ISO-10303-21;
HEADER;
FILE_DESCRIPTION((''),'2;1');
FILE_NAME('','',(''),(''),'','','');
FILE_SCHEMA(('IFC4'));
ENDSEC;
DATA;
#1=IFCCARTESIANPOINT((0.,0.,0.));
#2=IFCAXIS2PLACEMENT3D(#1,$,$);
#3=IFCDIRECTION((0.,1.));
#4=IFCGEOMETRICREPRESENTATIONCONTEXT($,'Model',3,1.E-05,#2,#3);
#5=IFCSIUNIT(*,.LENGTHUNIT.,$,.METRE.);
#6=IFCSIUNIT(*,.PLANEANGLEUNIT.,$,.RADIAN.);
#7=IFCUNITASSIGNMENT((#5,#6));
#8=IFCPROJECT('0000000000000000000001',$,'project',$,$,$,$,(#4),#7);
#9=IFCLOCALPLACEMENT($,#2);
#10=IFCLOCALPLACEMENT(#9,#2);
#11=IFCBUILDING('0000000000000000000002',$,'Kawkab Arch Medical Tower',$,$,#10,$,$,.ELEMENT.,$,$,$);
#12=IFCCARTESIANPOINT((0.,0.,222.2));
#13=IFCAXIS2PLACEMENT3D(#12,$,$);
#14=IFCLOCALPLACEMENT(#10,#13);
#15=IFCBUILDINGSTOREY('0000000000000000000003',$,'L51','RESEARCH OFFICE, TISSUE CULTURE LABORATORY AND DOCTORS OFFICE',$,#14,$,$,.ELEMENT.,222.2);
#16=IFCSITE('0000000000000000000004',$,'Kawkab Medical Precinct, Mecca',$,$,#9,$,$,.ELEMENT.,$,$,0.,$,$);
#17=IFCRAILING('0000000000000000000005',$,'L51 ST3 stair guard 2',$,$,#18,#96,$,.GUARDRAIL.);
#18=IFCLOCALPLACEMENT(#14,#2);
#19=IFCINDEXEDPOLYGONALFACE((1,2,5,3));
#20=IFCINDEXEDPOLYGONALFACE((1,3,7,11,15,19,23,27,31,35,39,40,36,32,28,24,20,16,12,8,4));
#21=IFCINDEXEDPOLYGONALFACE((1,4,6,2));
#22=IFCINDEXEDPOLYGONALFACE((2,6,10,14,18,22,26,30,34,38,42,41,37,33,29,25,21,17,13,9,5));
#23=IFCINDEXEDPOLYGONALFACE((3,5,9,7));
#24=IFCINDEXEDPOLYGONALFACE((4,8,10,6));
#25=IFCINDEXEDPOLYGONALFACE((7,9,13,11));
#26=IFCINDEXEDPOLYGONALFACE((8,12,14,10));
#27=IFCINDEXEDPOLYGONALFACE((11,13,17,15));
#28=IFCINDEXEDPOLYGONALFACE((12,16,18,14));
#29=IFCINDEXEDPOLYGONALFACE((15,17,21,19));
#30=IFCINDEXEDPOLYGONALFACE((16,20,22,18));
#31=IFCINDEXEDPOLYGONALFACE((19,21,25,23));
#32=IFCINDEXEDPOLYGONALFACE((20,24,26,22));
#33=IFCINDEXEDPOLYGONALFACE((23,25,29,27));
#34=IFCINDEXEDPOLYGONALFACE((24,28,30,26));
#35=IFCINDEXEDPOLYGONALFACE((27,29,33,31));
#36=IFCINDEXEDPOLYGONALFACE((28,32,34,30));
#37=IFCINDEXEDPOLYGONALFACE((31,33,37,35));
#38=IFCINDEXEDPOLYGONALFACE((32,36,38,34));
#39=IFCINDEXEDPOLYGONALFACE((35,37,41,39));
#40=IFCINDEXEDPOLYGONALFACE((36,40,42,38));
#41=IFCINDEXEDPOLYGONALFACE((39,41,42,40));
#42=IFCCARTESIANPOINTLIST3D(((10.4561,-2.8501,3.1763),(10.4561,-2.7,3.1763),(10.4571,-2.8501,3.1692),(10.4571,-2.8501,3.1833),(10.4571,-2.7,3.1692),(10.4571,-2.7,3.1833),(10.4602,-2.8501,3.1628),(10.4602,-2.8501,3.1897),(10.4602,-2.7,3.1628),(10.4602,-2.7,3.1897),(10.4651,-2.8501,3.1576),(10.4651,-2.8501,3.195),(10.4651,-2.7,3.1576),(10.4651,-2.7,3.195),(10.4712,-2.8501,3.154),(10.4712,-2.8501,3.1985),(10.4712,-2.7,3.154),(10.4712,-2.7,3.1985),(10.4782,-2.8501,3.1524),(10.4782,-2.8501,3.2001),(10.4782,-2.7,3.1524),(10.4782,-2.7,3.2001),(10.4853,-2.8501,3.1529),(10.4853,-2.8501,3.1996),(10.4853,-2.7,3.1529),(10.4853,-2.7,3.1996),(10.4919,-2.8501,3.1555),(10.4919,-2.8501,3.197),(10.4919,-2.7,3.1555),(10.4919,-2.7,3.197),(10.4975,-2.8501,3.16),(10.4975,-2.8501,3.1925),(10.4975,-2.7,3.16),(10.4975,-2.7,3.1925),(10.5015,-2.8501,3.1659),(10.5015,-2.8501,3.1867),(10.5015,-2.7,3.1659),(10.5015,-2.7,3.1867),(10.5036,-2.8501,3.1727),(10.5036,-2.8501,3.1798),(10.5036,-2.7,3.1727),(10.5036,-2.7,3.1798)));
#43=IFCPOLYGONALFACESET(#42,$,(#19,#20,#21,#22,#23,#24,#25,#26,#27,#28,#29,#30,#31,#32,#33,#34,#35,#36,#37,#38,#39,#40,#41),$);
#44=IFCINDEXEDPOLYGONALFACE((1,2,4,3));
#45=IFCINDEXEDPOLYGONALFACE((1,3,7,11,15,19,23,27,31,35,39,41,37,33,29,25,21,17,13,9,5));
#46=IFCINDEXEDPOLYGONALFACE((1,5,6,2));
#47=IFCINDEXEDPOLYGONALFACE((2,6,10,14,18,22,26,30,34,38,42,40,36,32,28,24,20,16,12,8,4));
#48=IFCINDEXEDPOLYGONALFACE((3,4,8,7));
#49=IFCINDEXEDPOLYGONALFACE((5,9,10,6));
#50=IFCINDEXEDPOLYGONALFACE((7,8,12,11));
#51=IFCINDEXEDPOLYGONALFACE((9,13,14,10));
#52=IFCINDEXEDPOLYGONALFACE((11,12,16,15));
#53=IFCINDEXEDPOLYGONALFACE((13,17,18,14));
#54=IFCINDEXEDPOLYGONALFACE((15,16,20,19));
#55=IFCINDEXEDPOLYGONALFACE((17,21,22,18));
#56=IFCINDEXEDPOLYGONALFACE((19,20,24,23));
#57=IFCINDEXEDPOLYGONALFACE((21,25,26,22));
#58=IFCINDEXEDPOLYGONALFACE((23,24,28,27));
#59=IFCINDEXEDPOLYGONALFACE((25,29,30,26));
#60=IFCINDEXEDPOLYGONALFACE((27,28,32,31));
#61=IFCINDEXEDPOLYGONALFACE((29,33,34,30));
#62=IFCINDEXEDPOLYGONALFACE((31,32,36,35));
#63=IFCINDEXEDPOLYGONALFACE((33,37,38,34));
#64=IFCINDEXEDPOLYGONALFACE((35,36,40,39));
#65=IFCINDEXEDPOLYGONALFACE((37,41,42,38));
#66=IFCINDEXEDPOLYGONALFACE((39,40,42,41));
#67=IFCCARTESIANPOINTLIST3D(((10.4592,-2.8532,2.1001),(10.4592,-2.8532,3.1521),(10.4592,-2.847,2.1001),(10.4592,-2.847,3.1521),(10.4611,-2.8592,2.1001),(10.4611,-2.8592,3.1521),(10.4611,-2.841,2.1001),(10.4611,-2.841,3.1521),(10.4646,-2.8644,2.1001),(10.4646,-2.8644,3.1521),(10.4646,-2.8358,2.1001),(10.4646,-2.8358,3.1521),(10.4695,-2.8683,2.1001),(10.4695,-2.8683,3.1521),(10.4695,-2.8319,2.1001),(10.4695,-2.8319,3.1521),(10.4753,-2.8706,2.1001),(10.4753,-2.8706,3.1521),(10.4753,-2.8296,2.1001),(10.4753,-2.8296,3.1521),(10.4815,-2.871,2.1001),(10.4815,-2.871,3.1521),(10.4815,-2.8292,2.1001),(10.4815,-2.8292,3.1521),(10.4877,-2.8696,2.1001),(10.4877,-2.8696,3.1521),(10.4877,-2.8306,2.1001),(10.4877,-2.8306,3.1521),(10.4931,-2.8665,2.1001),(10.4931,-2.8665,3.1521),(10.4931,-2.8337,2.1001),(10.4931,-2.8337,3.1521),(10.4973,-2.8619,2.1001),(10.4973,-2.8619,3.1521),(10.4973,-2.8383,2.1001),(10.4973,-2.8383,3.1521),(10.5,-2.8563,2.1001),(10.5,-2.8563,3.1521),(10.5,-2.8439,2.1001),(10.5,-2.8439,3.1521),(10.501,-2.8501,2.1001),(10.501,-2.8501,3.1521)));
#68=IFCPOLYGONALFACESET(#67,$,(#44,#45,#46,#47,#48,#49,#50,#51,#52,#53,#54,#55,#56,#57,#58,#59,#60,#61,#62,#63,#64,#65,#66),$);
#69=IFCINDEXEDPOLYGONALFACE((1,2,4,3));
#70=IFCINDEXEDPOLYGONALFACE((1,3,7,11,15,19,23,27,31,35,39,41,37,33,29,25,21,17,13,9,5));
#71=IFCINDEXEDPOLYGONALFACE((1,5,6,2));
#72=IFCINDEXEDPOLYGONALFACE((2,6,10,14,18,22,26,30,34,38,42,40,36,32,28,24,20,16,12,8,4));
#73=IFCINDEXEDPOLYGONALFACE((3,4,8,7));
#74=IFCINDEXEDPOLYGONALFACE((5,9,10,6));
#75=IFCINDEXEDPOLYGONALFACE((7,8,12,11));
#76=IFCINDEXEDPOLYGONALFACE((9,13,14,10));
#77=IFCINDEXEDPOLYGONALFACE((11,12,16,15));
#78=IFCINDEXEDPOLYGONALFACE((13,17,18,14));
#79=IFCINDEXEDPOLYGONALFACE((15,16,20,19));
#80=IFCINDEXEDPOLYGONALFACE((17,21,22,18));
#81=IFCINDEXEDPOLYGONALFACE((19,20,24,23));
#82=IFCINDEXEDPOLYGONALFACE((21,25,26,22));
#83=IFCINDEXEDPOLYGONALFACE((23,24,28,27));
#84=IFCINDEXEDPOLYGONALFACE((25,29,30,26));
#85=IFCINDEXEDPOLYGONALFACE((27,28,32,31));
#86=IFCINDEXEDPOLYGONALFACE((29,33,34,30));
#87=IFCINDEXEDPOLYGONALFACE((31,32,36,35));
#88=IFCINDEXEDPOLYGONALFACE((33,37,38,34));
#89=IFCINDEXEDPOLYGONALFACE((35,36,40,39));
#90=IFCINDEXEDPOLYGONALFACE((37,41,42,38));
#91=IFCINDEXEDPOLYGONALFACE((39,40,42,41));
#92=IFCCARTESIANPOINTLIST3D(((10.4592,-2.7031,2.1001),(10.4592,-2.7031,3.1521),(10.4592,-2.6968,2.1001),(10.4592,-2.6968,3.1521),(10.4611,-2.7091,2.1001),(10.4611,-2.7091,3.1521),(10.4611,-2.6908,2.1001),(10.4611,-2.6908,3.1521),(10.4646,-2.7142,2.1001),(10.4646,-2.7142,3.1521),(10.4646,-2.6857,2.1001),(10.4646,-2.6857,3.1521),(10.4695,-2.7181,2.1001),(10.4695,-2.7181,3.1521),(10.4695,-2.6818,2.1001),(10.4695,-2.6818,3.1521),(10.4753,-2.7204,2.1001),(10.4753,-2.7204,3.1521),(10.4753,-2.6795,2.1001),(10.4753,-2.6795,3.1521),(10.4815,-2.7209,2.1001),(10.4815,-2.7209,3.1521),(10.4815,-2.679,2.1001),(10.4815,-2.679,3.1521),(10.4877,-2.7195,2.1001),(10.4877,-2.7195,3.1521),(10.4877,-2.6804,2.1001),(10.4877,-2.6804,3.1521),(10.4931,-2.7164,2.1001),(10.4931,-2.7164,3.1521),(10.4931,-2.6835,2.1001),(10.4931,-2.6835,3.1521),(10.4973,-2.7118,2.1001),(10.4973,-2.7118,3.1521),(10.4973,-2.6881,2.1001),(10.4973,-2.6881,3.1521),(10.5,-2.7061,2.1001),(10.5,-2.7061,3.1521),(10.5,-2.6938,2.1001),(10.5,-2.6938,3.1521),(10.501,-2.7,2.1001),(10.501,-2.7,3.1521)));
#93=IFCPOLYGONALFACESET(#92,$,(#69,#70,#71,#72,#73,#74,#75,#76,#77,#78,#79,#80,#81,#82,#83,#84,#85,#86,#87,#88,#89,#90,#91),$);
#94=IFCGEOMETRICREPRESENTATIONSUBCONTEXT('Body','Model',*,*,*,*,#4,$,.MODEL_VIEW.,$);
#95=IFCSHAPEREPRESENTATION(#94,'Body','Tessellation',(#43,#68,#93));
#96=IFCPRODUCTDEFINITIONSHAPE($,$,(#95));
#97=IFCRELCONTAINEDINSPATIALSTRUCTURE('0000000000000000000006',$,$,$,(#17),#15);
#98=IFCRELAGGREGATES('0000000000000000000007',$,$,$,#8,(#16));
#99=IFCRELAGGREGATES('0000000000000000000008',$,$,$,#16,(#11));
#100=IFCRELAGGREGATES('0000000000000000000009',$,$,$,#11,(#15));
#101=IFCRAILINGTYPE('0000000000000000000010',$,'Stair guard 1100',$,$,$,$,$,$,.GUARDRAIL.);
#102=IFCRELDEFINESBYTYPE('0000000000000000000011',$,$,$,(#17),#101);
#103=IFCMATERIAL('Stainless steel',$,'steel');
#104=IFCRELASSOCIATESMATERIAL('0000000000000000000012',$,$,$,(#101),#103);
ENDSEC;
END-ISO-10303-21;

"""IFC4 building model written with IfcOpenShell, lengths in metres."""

from ifc_helpers import new_model, si_unit, direction, frame, origin, origin_2d, place, context, subcontext, project, spatial, circle, extrude, material, type_object, element, save


model = new_model("IFC4")

# Units and contexts
model_context = context("Model", 3, precision=1e-05, world=origin(), true_north=direction((0.0, 1.0)))
body_context = subcontext(model_context, "Body", "Model", "MODEL_VIEW")
ifc_project = project(units=[si_unit("LENGTHUNIT", "METRE"), si_unit("PLANEANGLEUNIT", "RADIAN")], contexts=[model_context])

# Site, building, storey
site_placement = place(None, origin())
site = spatial("IfcSite", under=ifc_project, at=site_placement, Name="Kawkab Medical Precinct, Mecca", CompositionType="ELEMENT", RefElevation=0.0)
building_placement = place(site_placement, origin())
building = spatial("IfcBuilding", under=site, at=building_placement, Name="Kawkab Arch Medical Tower", CompositionType="ELEMENT")
storey_placement = place(building_placement, frame((0.0, 0.0, 222.2)))
storey = spatial("IfcBuildingStorey", under=building, at=storey_placement, Name="L51", Description="RESEARCH OFFICE, TISSUE CULTURE LABORATORY AND DOCTORS OFFICE", CompositionType="ELEMENT", Elevation=222.2)

# Railing
ifc_material_1 = material(Name="Stainless steel", Category="steel")
railing_type_1 = type_object("IfcRailingType", Name="Stair guard 1100", PredefinedType="GUARDRAIL", material=ifc_material_1)
railing_1_placement = place(storey_placement, frame((10.48, -2.8501, 2.1001)))
element("IfcRailing", 1, at=railing_1_placement, inside=storey, type_object=railing_type_1, Name="L51 ST3 stair guard 2", PredefinedType="GUARDRAIL", context=body_context, shape_type="SweptSolid", body=[
    extrude(circle(Radius=0.0239, at=origin_2d()), frame((0.0, 0.0, 1.0762), z_axis=(0.0, 1.0, 0.0), x_axis=(-1.0, 0.0, 0.0)), (0.0, 0.0, 1.0), 0.1501),
    extrude(circle(Radius=0.021, at=origin_2d()), origin(), (0.0, 0.0, 1.0), 1.052),
    extrude(circle(Radius=0.021, at=origin_2d()), frame((0.0, 0.1501, 0.0)), (0.0, 0.0, 1.0), 1.052),
])

save(model, "model.ifc")
